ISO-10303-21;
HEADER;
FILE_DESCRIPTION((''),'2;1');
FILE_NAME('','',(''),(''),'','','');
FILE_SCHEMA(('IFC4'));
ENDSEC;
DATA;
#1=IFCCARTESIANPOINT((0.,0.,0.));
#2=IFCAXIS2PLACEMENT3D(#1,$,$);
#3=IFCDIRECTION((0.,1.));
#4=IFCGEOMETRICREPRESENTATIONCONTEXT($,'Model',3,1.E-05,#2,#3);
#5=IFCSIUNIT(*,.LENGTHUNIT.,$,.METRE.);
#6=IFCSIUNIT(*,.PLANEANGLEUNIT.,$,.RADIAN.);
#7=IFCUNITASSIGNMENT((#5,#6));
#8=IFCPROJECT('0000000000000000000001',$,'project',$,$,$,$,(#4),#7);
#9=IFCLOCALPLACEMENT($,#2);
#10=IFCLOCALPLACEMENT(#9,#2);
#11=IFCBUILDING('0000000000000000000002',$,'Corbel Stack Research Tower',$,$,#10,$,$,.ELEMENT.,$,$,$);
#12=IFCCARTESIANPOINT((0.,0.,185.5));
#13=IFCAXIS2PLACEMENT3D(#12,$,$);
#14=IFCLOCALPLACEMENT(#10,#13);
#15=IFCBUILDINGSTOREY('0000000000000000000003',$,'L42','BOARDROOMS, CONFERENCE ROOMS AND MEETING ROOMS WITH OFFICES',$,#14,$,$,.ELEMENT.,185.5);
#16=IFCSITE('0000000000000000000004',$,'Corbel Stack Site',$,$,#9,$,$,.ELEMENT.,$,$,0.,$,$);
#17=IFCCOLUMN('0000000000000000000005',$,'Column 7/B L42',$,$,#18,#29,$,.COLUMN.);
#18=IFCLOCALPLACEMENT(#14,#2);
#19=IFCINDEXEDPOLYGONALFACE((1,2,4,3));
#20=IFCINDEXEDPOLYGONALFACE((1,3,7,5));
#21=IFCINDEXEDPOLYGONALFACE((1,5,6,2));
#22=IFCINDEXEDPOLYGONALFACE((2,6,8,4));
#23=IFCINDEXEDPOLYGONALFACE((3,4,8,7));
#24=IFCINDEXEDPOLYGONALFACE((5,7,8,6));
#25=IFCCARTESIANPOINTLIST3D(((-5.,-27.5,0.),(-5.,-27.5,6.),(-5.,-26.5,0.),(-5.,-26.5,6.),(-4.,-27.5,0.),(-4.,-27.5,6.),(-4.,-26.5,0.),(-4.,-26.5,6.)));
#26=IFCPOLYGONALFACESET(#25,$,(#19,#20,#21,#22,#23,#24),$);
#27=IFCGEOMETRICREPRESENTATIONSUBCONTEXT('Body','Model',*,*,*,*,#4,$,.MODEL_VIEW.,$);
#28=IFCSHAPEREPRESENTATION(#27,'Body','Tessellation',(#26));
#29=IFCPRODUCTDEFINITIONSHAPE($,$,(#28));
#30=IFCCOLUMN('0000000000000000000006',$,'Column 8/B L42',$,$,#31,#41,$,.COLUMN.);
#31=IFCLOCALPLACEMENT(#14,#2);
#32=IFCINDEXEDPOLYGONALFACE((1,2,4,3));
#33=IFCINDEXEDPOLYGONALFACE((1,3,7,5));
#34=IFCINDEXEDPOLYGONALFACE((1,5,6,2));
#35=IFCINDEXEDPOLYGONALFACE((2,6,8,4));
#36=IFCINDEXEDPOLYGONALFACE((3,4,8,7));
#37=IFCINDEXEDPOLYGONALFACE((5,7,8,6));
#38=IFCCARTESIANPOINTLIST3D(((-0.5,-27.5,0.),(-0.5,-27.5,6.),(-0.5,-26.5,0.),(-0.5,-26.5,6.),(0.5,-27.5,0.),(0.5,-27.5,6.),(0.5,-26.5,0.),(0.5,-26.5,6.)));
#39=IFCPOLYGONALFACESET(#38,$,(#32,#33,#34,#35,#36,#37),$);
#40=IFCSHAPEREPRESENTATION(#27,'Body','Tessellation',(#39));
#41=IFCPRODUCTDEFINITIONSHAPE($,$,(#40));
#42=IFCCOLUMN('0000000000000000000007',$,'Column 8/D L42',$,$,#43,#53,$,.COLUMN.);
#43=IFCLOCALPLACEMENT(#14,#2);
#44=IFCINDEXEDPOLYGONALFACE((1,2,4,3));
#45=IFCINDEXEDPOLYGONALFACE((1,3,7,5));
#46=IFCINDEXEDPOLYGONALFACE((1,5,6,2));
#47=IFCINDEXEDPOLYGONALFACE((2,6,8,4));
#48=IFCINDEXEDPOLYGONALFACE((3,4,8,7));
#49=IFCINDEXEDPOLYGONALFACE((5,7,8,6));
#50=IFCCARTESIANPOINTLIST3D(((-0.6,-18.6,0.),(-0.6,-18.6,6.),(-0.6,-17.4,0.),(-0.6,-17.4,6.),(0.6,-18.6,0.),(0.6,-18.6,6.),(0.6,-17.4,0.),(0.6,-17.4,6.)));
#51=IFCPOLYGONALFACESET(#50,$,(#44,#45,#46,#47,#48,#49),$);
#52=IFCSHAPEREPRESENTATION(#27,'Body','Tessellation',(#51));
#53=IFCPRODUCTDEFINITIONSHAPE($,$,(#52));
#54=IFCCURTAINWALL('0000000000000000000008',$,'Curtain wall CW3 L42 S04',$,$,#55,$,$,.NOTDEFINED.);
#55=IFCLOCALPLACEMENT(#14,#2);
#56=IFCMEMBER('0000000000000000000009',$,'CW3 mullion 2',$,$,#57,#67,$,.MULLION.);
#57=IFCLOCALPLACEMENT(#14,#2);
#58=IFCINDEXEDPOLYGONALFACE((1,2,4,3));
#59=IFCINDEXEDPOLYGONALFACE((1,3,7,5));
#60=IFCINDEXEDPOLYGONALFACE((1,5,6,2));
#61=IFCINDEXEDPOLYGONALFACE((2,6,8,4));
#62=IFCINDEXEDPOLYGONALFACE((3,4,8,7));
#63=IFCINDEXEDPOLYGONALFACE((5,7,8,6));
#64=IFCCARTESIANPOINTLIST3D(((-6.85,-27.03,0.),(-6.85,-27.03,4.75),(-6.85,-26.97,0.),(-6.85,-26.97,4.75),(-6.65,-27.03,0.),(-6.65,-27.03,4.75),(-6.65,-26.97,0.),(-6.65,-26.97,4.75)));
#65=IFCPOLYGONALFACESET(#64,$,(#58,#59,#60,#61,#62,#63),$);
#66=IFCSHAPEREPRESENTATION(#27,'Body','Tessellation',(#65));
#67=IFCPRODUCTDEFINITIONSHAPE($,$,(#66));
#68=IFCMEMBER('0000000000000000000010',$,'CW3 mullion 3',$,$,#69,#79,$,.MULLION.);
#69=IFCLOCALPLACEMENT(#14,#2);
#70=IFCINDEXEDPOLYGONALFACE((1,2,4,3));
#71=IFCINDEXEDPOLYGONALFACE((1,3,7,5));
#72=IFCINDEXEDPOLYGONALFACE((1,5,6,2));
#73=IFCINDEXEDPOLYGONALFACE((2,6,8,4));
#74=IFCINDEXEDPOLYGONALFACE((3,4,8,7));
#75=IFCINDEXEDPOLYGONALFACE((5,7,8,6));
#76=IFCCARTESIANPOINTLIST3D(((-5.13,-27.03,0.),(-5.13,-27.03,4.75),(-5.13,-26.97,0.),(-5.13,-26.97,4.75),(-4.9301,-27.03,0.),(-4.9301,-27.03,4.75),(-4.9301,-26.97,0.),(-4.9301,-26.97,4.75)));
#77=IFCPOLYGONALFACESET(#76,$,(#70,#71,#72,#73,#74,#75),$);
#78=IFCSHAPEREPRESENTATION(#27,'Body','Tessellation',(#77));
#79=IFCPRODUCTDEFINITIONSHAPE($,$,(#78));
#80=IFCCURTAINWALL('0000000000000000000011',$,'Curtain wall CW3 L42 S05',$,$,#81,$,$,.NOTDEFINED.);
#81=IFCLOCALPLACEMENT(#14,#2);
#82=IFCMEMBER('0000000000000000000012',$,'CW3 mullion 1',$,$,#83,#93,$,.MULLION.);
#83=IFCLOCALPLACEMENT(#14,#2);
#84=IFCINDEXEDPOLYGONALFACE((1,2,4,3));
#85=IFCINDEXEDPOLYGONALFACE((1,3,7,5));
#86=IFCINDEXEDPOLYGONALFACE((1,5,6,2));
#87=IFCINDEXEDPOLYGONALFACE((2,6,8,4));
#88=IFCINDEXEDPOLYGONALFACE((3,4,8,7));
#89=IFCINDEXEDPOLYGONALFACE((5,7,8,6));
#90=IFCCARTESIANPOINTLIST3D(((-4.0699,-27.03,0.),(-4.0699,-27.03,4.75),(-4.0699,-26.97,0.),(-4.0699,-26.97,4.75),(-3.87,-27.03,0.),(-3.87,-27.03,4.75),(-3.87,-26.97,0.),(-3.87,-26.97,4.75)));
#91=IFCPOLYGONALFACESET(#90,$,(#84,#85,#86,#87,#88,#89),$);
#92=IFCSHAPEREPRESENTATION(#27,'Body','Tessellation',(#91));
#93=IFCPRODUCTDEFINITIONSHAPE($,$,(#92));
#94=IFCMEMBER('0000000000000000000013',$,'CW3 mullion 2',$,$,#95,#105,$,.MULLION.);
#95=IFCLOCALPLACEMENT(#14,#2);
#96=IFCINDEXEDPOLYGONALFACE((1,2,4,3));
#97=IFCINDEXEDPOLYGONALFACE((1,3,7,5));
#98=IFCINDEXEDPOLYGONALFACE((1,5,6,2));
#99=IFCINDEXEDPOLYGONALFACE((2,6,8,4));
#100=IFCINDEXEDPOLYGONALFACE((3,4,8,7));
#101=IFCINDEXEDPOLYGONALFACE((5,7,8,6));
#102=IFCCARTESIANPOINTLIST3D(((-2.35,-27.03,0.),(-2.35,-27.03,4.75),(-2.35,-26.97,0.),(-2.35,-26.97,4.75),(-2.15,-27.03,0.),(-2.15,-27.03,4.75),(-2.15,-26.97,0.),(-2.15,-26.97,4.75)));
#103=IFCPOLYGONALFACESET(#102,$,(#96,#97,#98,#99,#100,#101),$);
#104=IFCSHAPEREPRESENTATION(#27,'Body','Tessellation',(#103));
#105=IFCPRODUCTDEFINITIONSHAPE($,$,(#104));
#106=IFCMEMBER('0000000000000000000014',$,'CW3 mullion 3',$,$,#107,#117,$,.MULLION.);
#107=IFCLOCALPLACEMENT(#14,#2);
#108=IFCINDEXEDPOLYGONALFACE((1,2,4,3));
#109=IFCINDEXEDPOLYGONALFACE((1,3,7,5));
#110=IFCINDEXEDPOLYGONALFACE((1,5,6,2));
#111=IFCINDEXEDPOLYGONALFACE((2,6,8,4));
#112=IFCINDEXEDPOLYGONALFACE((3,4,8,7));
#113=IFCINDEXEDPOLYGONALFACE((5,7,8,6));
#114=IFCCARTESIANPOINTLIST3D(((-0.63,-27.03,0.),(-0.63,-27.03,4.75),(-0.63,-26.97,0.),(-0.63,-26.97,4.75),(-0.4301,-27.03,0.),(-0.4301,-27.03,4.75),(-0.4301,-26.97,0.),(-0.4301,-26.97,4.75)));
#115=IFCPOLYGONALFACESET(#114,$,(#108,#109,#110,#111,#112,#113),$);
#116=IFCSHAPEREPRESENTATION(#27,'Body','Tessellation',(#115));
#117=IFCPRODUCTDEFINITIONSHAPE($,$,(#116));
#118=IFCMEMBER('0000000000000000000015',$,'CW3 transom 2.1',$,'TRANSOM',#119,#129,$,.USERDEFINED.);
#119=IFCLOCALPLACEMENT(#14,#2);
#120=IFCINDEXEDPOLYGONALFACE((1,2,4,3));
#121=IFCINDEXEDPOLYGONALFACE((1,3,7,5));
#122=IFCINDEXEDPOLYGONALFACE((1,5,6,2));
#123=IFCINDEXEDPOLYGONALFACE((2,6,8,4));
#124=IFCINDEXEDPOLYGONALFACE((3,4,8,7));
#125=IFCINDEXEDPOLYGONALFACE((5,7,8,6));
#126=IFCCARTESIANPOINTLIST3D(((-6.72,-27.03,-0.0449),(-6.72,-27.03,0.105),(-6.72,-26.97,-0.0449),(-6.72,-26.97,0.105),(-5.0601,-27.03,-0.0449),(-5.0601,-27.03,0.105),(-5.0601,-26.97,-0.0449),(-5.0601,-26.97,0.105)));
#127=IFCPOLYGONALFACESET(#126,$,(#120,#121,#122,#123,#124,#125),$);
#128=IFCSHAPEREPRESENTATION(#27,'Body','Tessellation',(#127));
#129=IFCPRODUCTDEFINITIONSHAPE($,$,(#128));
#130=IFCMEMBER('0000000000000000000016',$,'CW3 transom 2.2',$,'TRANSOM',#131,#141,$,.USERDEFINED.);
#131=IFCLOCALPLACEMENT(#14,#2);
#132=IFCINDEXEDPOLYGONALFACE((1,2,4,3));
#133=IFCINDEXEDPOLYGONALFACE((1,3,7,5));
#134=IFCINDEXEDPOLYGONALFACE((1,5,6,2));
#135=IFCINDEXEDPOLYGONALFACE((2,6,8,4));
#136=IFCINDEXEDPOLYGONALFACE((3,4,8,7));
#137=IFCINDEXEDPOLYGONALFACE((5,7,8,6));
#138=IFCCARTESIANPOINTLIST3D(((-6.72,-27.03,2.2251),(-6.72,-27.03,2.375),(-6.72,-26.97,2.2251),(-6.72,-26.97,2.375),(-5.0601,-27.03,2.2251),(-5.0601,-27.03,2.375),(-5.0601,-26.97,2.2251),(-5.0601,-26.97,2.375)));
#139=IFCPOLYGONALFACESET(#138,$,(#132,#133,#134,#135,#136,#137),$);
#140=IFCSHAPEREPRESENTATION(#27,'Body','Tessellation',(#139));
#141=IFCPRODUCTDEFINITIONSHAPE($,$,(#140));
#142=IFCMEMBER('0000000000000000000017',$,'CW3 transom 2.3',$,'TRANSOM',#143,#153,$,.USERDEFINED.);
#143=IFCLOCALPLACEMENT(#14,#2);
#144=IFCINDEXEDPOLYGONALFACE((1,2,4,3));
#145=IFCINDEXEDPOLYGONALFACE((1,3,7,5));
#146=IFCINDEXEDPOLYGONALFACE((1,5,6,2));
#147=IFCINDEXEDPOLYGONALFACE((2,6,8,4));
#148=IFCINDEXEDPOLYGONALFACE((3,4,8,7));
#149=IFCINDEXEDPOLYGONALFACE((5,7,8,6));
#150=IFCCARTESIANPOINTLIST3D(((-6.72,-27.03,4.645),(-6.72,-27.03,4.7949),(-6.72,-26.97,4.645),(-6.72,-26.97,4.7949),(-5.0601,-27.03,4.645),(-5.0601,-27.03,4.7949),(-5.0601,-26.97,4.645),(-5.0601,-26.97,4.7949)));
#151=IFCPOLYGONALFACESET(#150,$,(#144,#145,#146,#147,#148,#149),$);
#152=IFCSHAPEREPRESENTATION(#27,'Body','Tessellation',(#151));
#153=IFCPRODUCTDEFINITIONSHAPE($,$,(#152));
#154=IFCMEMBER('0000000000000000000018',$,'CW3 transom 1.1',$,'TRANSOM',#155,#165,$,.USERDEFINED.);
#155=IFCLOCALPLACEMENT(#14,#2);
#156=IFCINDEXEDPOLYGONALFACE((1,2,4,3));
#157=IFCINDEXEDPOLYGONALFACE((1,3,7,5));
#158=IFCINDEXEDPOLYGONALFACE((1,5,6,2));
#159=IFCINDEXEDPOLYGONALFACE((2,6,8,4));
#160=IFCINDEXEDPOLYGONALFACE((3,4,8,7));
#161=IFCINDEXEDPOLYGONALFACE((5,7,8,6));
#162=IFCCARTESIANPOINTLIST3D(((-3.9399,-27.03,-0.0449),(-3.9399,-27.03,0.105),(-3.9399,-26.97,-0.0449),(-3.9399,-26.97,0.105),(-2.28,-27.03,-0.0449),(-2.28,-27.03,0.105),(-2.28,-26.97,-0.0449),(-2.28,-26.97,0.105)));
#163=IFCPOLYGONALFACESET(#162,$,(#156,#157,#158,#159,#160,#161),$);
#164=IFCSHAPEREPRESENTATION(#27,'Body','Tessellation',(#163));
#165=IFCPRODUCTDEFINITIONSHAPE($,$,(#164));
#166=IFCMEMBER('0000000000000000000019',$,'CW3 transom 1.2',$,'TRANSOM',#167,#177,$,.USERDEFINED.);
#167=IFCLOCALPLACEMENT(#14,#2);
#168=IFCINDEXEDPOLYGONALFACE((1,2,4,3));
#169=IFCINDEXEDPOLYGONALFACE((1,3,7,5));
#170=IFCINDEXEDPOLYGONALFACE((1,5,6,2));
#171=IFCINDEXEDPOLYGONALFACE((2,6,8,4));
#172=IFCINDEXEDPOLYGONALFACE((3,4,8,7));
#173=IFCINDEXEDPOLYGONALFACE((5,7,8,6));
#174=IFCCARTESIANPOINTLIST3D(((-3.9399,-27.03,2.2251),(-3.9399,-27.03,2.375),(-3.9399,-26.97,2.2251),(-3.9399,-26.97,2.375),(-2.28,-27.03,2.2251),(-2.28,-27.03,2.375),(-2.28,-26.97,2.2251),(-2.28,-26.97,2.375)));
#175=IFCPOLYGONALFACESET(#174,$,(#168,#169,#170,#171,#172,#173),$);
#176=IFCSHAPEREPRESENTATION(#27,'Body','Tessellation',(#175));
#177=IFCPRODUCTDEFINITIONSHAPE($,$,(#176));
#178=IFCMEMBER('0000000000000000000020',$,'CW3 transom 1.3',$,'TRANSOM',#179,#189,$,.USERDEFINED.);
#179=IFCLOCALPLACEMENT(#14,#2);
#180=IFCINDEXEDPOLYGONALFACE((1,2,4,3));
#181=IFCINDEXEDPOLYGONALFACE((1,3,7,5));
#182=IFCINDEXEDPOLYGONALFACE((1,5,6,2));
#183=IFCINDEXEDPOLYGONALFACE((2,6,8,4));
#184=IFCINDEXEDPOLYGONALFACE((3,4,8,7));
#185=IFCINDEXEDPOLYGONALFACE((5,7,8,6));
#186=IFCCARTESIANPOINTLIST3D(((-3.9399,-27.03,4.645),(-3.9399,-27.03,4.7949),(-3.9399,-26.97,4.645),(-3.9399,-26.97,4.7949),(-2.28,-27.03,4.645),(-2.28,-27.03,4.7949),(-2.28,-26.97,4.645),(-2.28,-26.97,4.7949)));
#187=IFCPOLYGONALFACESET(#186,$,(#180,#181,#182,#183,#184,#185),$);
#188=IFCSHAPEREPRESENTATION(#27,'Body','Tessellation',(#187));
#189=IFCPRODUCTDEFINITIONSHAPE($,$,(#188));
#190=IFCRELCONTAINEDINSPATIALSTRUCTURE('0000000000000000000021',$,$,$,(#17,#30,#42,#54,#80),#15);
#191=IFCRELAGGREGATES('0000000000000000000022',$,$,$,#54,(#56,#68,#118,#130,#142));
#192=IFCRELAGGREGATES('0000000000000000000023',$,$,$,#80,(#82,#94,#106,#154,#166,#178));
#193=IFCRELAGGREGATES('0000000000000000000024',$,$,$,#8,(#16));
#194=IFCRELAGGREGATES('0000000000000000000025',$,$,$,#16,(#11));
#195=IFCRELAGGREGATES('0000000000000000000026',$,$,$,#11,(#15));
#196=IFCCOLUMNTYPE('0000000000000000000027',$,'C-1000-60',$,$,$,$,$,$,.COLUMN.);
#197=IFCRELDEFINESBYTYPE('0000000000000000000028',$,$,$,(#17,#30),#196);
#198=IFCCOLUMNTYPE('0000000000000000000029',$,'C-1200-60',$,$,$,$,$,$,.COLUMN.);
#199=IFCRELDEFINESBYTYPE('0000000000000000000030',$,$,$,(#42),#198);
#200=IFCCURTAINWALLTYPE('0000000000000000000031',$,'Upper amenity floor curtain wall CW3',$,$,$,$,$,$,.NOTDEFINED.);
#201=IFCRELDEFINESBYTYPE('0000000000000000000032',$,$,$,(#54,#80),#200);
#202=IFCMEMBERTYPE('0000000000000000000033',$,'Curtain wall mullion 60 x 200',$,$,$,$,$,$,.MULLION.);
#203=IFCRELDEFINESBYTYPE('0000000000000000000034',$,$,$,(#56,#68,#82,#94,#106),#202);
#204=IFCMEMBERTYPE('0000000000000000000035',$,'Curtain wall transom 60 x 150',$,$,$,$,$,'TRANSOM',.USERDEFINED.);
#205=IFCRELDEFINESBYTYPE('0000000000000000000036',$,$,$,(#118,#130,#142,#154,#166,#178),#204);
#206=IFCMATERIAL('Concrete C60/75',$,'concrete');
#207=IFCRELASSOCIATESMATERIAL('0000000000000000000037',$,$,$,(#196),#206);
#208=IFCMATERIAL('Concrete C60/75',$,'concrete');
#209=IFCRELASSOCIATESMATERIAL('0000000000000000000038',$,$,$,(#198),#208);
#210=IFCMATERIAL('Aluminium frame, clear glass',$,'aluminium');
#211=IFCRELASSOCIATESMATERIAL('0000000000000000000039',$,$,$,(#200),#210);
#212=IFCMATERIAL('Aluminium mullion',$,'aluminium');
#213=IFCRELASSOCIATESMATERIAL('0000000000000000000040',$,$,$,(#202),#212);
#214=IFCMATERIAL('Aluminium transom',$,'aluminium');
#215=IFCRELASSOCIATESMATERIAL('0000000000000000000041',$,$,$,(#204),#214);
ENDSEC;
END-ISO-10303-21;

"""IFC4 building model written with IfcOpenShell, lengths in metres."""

from ifc_helpers import new_model, si_unit, direction, frame, origin, origin_2d, place, context, subcontext, project, spatial, rectangle, extrude, material, material_profile, profile_set, type_object, element, aggregate, save


model = new_model("IFC4")

# Units and contexts
model_context = context("Model", 3, precision=1e-05, world=origin(), true_north=direction((0.0, 1.0)))
body_context = subcontext(model_context, "Body", "Model", "MODEL_VIEW")
ifc_project = project(units=[si_unit("LENGTHUNIT", "METRE"), si_unit("PLANEANGLEUNIT", "RADIAN")], contexts=[model_context])

# Site, building, storey
site_placement = place(None, origin())
site = spatial("IfcSite", under=ifc_project, at=site_placement, Name="Corbel Stack Site", CompositionType="ELEMENT", RefElevation=0.0)
building_placement = place(site_placement, origin())
building = spatial("IfcBuilding", under=site, at=building_placement, Name="Corbel Stack Research Tower", CompositionType="ELEMENT")
storey_placement = place(building_placement, frame((0.0, 0.0, 185.5)))
storey = spatial("IfcBuildingStorey", under=building, at=storey_placement, Name="L42", Description="BOARDROOMS, CONFERENCE ROOMS AND MEETING ROOMS WITH OFFICES", CompositionType="ELEMENT", Elevation=185.5)

# Columns
ifc_material_1 = material(Name="Concrete C60/75", Category="concrete")
ifc_material_profile_1 = material_profile(ifc_material_1, rectangle(XDim=1.0, YDim=1.0, at=origin_2d()), Name="RC 1000 x 1000")
ifc_profile_set_1 = profile_set([ifc_material_profile_1], Name="Concrete C60/75")
column_type_1 = type_object("IfcColumnType", Name="C-1000-60", PredefinedType="COLUMN", material=ifc_profile_set_1)
for number, where, z_axis, x_axis, name in (
    (1, (-4.5, -27.0, 0.0), (0.0, 0.0, 1.0), (1.0, 0.0, 0.0), "Column 7/B L42"),
    (2, (0.0, -27.0, 0.0), (0.0, 0.0, 1.0), (1.0, 0.0, 0.0), "Column 8/B L42"),
):
    element("IfcColumn", number, at=place(storey_placement, frame(where, z_axis=z_axis, x_axis=x_axis)), inside=storey, type_object=column_type_1, Name=name, PredefinedType="COLUMN", context=body_context, shape_type="SweptSolid", body=[
        extrude(rectangle(XDim=1.0, YDim=1.0, at=origin_2d()), origin(), (0.0, 0.0, 1.0), 6.0),
    ])
ifc_material_2 = material(Name="Concrete C60/75", Category="concrete")
ifc_material_profile_2 = material_profile(ifc_material_2, rectangle(XDim=1.2, YDim=1.2, at=origin_2d()), Name="RC 1200 x 1200")
ifc_profile_set_2 = profile_set([ifc_material_profile_2], Name="Concrete C60/75")
column_type_2 = type_object("IfcColumnType", Name="C-1200-60", PredefinedType="COLUMN", material=ifc_profile_set_2)
column_placement = place(storey_placement, frame((0.0, -18.0, 0.0), z_axis=(0.0, 0.0, 1.0), x_axis=(1.0, 0.0, 0.0)))
element("IfcColumn", 3, at=column_placement, inside=storey, type_object=column_type_2, Name="Column 8/D L42", PredefinedType="COLUMN", context=body_context, shape_type="SweptSolid", body=[
    extrude(rectangle(XDim=1.2, YDim=1.2, at=origin_2d()), origin(), (0.0, 0.0, 1.0), 6.0),
])

# Curtain walls, members
ifc_material_3 = material(Name="Aluminium frame, clear glass", Category="aluminium")
curtain_wall_type = type_object("IfcCurtainWallType", Name="Upper amenity floor curtain wall CW3", PredefinedType="NOTDEFINED", material=ifc_material_3)
curtain_wall_1_placement = place(storey_placement, origin())
curtain_wall_1 = element("IfcCurtainWall", 4, at=curtain_wall_1_placement, inside=storey, type_object=curtain_wall_type, Name="Curtain wall CW3 L42 S04", PredefinedType="NOTDEFINED")
ifc_material_4 = material(Name="Aluminium mullion", Category="aluminium")
ifc_material_profile_3 = material_profile(ifc_material_4, rectangle(XDim=0.0601, YDim=0.2, at=origin_2d()), Name="Mullion 60 x 200")
ifc_profile_set_3 = profile_set([ifc_material_profile_3], Name="Aluminium mullion")
member_type_1 = type_object("IfcMemberType", Name="Curtain wall mullion 60 x 200", PredefinedType="MULLION", material=ifc_profile_set_3)
member_1_placement = place(storey_placement, frame((-6.75, -27.0, 0.0), z_axis=(0.0, 0.0, 1.0), x_axis=(0.0, 1.0, 0.0)))
member_1 = element("IfcMember", 5, at=member_1_placement, type_object=member_type_1, Name="CW3 mullion 2", PredefinedType="MULLION", context=body_context, shape_type="SweptSolid", body=[
    extrude(rectangle(XDim=0.0601, YDim=0.2, at=origin_2d()), origin(), (0.0, 0.0, 1.0), 4.75),
])
member_2_placement = place(storey_placement, frame((-5.03, -27.0, 0.0), z_axis=(0.0, 0.0, 1.0), x_axis=(0.0, 1.0, 0.0)))
member_2 = element("IfcMember", 6, at=member_2_placement, type_object=member_type_1, Name="CW3 mullion 3", PredefinedType="MULLION", context=body_context, shape_type="SweptSolid", body=[
    extrude(rectangle(XDim=0.0601, YDim=0.2, at=origin_2d()), origin(), (0.0, 0.0, 1.0), 4.75),
])
curtain_wall_2_placement = place(storey_placement, origin())
curtain_wall_2 = element("IfcCurtainWall", 7, at=curtain_wall_2_placement, inside=storey, type_object=curtain_wall_type, Name="Curtain wall CW3 L42 S05", PredefinedType="NOTDEFINED")
member_3_placement = place(storey_placement, frame((-3.97, -27.0, 0.0), z_axis=(0.0, 0.0, 1.0), x_axis=(0.0, 1.0, 0.0)))
member_3 = element("IfcMember", 8, at=member_3_placement, type_object=member_type_1, Name="CW3 mullion 1", PredefinedType="MULLION", context=body_context, shape_type="SweptSolid", body=[
    extrude(rectangle(XDim=0.0601, YDim=0.2, at=origin_2d()), origin(), (0.0, 0.0, 1.0), 4.75),
])
member_4_placement = place(storey_placement, frame((-2.25, -27.0, 0.0), z_axis=(0.0, 0.0, 1.0), x_axis=(0.0, 1.0, 0.0)))
member_4 = element("IfcMember", 9, at=member_4_placement, type_object=member_type_1, Name="CW3 mullion 2", PredefinedType="MULLION", context=body_context, shape_type="SweptSolid", body=[
    extrude(rectangle(XDim=0.0601, YDim=0.2, at=origin_2d()), origin(), (0.0, 0.0, 1.0), 4.75),
])
member_5_placement = place(storey_placement, frame((-0.53, -27.0, 0.0), z_axis=(0.0, 0.0, 1.0), x_axis=(0.0, 1.0, 0.0)))
member_5 = element("IfcMember", 10, at=member_5_placement, type_object=member_type_1, Name="CW3 mullion 3", PredefinedType="MULLION", context=body_context, shape_type="SweptSolid", body=[
    extrude(rectangle(XDim=0.0601, YDim=0.2, at=origin_2d()), origin(), (0.0, 0.0, 1.0), 4.75),
])

# Members
ifc_material_5 = material(Name="Aluminium transom", Category="aluminium")
ifc_material_profile_4 = material_profile(ifc_material_5, rectangle(XDim=0.0601, YDim=0.1499, at=origin_2d()), Name="Transom 60 x 150")
ifc_profile_set_4 = profile_set([ifc_material_profile_4], Name="Aluminium transom")
member_type_2 = type_object("IfcMemberType", Name="Curtain wall transom 60 x 150", ElementType="TRANSOM", PredefinedType="USERDEFINED", material=ifc_profile_set_4)
member_6_placement = place(storey_placement, frame((-6.72, -27.0, 0.03), z_axis=(1.0, 0.0, 0.0), x_axis=(0.0, 1.0, 0.0)))
member_6 = element("IfcMember", 11, at=member_6_placement, type_object=member_type_2, Name="CW3 transom 2.1", ObjectType="TRANSOM", PredefinedType="USERDEFINED", context=body_context, shape_type="SweptSolid", body=[
    extrude(rectangle(XDim=0.0601, YDim=0.1499, at=origin_2d()), origin(), (0.0, 0.0, 1.0), 1.6599),
])
member_7_placement = place(storey_placement, frame((-6.72, -27.0, 2.3), z_axis=(1.0, 0.0, 0.0), x_axis=(0.0, 1.0, 0.0)))
member_7 = element("IfcMember", 12, at=member_7_placement, type_object=member_type_2, Name="CW3 transom 2.2", ObjectType="TRANSOM", PredefinedType="USERDEFINED", context=body_context, shape_type="SweptSolid", body=[
    extrude(rectangle(XDim=0.0601, YDim=0.1499, at=origin_2d()), origin(), (0.0, 0.0, 1.0), 1.6599),
])
member_8_placement = place(storey_placement, frame((-6.72, -27.0, 4.72), z_axis=(1.0, 0.0, 0.0), x_axis=(0.0, 1.0, 0.0)))
member_8 = element("IfcMember", 13, at=member_8_placement, type_object=member_type_2, Name="CW3 transom 2.3", ObjectType="TRANSOM", PredefinedType="USERDEFINED", context=body_context, shape_type="SweptSolid", body=[
    extrude(rectangle(XDim=0.0601, YDim=0.1499, at=origin_2d()), origin(), (0.0, 0.0, 1.0), 1.6599),
])
member_9_placement = place(storey_placement, frame((-3.9399, -27.0, 0.03), z_axis=(1.0, 0.0, 0.0), x_axis=(0.0, 1.0, 0.0)))
member_9 = element("IfcMember", 14, at=member_9_placement, type_object=member_type_2, Name="CW3 transom 1.1", ObjectType="TRANSOM", PredefinedType="USERDEFINED", context=body_context, shape_type="SweptSolid", body=[
    extrude(rectangle(XDim=0.0601, YDim=0.1499, at=origin_2d()), origin(), (0.0, 0.0, 1.0), 1.6599),
])
member_10_placement = place(storey_placement, frame((-3.9399, -27.0, 2.3), z_axis=(1.0, 0.0, 0.0), x_axis=(0.0, 1.0, 0.0)))
member_10 = element("IfcMember", 15, at=member_10_placement, type_object=member_type_2, Name="CW3 transom 1.2", ObjectType="TRANSOM", PredefinedType="USERDEFINED", context=body_context, shape_type="SweptSolid", body=[
    extrude(rectangle(XDim=0.0601, YDim=0.1499, at=origin_2d()), origin(), (0.0, 0.0, 1.0), 1.6599),
])
member_11_placement = place(storey_placement, frame((-3.9399, -27.0, 4.72), z_axis=(1.0, 0.0, 0.0), x_axis=(0.0, 1.0, 0.0)))
member_11 = element("IfcMember", 16, at=member_11_placement, type_object=member_type_2, Name="CW3 transom 1.3", ObjectType="TRANSOM", PredefinedType="USERDEFINED", context=body_context, shape_type="SweptSolid", body=[
    extrude(rectangle(XDim=0.0601, YDim=0.1499, at=origin_2d()), origin(), (0.0, 0.0, 1.0), 1.6599),
])

aggregate(curtain_wall_1, [member_1, member_2, member_6, member_7, member_8])
aggregate(curtain_wall_2, [member_3, member_4, member_5, member_9, member_10, member_11])

save(model, "model.ifc")
